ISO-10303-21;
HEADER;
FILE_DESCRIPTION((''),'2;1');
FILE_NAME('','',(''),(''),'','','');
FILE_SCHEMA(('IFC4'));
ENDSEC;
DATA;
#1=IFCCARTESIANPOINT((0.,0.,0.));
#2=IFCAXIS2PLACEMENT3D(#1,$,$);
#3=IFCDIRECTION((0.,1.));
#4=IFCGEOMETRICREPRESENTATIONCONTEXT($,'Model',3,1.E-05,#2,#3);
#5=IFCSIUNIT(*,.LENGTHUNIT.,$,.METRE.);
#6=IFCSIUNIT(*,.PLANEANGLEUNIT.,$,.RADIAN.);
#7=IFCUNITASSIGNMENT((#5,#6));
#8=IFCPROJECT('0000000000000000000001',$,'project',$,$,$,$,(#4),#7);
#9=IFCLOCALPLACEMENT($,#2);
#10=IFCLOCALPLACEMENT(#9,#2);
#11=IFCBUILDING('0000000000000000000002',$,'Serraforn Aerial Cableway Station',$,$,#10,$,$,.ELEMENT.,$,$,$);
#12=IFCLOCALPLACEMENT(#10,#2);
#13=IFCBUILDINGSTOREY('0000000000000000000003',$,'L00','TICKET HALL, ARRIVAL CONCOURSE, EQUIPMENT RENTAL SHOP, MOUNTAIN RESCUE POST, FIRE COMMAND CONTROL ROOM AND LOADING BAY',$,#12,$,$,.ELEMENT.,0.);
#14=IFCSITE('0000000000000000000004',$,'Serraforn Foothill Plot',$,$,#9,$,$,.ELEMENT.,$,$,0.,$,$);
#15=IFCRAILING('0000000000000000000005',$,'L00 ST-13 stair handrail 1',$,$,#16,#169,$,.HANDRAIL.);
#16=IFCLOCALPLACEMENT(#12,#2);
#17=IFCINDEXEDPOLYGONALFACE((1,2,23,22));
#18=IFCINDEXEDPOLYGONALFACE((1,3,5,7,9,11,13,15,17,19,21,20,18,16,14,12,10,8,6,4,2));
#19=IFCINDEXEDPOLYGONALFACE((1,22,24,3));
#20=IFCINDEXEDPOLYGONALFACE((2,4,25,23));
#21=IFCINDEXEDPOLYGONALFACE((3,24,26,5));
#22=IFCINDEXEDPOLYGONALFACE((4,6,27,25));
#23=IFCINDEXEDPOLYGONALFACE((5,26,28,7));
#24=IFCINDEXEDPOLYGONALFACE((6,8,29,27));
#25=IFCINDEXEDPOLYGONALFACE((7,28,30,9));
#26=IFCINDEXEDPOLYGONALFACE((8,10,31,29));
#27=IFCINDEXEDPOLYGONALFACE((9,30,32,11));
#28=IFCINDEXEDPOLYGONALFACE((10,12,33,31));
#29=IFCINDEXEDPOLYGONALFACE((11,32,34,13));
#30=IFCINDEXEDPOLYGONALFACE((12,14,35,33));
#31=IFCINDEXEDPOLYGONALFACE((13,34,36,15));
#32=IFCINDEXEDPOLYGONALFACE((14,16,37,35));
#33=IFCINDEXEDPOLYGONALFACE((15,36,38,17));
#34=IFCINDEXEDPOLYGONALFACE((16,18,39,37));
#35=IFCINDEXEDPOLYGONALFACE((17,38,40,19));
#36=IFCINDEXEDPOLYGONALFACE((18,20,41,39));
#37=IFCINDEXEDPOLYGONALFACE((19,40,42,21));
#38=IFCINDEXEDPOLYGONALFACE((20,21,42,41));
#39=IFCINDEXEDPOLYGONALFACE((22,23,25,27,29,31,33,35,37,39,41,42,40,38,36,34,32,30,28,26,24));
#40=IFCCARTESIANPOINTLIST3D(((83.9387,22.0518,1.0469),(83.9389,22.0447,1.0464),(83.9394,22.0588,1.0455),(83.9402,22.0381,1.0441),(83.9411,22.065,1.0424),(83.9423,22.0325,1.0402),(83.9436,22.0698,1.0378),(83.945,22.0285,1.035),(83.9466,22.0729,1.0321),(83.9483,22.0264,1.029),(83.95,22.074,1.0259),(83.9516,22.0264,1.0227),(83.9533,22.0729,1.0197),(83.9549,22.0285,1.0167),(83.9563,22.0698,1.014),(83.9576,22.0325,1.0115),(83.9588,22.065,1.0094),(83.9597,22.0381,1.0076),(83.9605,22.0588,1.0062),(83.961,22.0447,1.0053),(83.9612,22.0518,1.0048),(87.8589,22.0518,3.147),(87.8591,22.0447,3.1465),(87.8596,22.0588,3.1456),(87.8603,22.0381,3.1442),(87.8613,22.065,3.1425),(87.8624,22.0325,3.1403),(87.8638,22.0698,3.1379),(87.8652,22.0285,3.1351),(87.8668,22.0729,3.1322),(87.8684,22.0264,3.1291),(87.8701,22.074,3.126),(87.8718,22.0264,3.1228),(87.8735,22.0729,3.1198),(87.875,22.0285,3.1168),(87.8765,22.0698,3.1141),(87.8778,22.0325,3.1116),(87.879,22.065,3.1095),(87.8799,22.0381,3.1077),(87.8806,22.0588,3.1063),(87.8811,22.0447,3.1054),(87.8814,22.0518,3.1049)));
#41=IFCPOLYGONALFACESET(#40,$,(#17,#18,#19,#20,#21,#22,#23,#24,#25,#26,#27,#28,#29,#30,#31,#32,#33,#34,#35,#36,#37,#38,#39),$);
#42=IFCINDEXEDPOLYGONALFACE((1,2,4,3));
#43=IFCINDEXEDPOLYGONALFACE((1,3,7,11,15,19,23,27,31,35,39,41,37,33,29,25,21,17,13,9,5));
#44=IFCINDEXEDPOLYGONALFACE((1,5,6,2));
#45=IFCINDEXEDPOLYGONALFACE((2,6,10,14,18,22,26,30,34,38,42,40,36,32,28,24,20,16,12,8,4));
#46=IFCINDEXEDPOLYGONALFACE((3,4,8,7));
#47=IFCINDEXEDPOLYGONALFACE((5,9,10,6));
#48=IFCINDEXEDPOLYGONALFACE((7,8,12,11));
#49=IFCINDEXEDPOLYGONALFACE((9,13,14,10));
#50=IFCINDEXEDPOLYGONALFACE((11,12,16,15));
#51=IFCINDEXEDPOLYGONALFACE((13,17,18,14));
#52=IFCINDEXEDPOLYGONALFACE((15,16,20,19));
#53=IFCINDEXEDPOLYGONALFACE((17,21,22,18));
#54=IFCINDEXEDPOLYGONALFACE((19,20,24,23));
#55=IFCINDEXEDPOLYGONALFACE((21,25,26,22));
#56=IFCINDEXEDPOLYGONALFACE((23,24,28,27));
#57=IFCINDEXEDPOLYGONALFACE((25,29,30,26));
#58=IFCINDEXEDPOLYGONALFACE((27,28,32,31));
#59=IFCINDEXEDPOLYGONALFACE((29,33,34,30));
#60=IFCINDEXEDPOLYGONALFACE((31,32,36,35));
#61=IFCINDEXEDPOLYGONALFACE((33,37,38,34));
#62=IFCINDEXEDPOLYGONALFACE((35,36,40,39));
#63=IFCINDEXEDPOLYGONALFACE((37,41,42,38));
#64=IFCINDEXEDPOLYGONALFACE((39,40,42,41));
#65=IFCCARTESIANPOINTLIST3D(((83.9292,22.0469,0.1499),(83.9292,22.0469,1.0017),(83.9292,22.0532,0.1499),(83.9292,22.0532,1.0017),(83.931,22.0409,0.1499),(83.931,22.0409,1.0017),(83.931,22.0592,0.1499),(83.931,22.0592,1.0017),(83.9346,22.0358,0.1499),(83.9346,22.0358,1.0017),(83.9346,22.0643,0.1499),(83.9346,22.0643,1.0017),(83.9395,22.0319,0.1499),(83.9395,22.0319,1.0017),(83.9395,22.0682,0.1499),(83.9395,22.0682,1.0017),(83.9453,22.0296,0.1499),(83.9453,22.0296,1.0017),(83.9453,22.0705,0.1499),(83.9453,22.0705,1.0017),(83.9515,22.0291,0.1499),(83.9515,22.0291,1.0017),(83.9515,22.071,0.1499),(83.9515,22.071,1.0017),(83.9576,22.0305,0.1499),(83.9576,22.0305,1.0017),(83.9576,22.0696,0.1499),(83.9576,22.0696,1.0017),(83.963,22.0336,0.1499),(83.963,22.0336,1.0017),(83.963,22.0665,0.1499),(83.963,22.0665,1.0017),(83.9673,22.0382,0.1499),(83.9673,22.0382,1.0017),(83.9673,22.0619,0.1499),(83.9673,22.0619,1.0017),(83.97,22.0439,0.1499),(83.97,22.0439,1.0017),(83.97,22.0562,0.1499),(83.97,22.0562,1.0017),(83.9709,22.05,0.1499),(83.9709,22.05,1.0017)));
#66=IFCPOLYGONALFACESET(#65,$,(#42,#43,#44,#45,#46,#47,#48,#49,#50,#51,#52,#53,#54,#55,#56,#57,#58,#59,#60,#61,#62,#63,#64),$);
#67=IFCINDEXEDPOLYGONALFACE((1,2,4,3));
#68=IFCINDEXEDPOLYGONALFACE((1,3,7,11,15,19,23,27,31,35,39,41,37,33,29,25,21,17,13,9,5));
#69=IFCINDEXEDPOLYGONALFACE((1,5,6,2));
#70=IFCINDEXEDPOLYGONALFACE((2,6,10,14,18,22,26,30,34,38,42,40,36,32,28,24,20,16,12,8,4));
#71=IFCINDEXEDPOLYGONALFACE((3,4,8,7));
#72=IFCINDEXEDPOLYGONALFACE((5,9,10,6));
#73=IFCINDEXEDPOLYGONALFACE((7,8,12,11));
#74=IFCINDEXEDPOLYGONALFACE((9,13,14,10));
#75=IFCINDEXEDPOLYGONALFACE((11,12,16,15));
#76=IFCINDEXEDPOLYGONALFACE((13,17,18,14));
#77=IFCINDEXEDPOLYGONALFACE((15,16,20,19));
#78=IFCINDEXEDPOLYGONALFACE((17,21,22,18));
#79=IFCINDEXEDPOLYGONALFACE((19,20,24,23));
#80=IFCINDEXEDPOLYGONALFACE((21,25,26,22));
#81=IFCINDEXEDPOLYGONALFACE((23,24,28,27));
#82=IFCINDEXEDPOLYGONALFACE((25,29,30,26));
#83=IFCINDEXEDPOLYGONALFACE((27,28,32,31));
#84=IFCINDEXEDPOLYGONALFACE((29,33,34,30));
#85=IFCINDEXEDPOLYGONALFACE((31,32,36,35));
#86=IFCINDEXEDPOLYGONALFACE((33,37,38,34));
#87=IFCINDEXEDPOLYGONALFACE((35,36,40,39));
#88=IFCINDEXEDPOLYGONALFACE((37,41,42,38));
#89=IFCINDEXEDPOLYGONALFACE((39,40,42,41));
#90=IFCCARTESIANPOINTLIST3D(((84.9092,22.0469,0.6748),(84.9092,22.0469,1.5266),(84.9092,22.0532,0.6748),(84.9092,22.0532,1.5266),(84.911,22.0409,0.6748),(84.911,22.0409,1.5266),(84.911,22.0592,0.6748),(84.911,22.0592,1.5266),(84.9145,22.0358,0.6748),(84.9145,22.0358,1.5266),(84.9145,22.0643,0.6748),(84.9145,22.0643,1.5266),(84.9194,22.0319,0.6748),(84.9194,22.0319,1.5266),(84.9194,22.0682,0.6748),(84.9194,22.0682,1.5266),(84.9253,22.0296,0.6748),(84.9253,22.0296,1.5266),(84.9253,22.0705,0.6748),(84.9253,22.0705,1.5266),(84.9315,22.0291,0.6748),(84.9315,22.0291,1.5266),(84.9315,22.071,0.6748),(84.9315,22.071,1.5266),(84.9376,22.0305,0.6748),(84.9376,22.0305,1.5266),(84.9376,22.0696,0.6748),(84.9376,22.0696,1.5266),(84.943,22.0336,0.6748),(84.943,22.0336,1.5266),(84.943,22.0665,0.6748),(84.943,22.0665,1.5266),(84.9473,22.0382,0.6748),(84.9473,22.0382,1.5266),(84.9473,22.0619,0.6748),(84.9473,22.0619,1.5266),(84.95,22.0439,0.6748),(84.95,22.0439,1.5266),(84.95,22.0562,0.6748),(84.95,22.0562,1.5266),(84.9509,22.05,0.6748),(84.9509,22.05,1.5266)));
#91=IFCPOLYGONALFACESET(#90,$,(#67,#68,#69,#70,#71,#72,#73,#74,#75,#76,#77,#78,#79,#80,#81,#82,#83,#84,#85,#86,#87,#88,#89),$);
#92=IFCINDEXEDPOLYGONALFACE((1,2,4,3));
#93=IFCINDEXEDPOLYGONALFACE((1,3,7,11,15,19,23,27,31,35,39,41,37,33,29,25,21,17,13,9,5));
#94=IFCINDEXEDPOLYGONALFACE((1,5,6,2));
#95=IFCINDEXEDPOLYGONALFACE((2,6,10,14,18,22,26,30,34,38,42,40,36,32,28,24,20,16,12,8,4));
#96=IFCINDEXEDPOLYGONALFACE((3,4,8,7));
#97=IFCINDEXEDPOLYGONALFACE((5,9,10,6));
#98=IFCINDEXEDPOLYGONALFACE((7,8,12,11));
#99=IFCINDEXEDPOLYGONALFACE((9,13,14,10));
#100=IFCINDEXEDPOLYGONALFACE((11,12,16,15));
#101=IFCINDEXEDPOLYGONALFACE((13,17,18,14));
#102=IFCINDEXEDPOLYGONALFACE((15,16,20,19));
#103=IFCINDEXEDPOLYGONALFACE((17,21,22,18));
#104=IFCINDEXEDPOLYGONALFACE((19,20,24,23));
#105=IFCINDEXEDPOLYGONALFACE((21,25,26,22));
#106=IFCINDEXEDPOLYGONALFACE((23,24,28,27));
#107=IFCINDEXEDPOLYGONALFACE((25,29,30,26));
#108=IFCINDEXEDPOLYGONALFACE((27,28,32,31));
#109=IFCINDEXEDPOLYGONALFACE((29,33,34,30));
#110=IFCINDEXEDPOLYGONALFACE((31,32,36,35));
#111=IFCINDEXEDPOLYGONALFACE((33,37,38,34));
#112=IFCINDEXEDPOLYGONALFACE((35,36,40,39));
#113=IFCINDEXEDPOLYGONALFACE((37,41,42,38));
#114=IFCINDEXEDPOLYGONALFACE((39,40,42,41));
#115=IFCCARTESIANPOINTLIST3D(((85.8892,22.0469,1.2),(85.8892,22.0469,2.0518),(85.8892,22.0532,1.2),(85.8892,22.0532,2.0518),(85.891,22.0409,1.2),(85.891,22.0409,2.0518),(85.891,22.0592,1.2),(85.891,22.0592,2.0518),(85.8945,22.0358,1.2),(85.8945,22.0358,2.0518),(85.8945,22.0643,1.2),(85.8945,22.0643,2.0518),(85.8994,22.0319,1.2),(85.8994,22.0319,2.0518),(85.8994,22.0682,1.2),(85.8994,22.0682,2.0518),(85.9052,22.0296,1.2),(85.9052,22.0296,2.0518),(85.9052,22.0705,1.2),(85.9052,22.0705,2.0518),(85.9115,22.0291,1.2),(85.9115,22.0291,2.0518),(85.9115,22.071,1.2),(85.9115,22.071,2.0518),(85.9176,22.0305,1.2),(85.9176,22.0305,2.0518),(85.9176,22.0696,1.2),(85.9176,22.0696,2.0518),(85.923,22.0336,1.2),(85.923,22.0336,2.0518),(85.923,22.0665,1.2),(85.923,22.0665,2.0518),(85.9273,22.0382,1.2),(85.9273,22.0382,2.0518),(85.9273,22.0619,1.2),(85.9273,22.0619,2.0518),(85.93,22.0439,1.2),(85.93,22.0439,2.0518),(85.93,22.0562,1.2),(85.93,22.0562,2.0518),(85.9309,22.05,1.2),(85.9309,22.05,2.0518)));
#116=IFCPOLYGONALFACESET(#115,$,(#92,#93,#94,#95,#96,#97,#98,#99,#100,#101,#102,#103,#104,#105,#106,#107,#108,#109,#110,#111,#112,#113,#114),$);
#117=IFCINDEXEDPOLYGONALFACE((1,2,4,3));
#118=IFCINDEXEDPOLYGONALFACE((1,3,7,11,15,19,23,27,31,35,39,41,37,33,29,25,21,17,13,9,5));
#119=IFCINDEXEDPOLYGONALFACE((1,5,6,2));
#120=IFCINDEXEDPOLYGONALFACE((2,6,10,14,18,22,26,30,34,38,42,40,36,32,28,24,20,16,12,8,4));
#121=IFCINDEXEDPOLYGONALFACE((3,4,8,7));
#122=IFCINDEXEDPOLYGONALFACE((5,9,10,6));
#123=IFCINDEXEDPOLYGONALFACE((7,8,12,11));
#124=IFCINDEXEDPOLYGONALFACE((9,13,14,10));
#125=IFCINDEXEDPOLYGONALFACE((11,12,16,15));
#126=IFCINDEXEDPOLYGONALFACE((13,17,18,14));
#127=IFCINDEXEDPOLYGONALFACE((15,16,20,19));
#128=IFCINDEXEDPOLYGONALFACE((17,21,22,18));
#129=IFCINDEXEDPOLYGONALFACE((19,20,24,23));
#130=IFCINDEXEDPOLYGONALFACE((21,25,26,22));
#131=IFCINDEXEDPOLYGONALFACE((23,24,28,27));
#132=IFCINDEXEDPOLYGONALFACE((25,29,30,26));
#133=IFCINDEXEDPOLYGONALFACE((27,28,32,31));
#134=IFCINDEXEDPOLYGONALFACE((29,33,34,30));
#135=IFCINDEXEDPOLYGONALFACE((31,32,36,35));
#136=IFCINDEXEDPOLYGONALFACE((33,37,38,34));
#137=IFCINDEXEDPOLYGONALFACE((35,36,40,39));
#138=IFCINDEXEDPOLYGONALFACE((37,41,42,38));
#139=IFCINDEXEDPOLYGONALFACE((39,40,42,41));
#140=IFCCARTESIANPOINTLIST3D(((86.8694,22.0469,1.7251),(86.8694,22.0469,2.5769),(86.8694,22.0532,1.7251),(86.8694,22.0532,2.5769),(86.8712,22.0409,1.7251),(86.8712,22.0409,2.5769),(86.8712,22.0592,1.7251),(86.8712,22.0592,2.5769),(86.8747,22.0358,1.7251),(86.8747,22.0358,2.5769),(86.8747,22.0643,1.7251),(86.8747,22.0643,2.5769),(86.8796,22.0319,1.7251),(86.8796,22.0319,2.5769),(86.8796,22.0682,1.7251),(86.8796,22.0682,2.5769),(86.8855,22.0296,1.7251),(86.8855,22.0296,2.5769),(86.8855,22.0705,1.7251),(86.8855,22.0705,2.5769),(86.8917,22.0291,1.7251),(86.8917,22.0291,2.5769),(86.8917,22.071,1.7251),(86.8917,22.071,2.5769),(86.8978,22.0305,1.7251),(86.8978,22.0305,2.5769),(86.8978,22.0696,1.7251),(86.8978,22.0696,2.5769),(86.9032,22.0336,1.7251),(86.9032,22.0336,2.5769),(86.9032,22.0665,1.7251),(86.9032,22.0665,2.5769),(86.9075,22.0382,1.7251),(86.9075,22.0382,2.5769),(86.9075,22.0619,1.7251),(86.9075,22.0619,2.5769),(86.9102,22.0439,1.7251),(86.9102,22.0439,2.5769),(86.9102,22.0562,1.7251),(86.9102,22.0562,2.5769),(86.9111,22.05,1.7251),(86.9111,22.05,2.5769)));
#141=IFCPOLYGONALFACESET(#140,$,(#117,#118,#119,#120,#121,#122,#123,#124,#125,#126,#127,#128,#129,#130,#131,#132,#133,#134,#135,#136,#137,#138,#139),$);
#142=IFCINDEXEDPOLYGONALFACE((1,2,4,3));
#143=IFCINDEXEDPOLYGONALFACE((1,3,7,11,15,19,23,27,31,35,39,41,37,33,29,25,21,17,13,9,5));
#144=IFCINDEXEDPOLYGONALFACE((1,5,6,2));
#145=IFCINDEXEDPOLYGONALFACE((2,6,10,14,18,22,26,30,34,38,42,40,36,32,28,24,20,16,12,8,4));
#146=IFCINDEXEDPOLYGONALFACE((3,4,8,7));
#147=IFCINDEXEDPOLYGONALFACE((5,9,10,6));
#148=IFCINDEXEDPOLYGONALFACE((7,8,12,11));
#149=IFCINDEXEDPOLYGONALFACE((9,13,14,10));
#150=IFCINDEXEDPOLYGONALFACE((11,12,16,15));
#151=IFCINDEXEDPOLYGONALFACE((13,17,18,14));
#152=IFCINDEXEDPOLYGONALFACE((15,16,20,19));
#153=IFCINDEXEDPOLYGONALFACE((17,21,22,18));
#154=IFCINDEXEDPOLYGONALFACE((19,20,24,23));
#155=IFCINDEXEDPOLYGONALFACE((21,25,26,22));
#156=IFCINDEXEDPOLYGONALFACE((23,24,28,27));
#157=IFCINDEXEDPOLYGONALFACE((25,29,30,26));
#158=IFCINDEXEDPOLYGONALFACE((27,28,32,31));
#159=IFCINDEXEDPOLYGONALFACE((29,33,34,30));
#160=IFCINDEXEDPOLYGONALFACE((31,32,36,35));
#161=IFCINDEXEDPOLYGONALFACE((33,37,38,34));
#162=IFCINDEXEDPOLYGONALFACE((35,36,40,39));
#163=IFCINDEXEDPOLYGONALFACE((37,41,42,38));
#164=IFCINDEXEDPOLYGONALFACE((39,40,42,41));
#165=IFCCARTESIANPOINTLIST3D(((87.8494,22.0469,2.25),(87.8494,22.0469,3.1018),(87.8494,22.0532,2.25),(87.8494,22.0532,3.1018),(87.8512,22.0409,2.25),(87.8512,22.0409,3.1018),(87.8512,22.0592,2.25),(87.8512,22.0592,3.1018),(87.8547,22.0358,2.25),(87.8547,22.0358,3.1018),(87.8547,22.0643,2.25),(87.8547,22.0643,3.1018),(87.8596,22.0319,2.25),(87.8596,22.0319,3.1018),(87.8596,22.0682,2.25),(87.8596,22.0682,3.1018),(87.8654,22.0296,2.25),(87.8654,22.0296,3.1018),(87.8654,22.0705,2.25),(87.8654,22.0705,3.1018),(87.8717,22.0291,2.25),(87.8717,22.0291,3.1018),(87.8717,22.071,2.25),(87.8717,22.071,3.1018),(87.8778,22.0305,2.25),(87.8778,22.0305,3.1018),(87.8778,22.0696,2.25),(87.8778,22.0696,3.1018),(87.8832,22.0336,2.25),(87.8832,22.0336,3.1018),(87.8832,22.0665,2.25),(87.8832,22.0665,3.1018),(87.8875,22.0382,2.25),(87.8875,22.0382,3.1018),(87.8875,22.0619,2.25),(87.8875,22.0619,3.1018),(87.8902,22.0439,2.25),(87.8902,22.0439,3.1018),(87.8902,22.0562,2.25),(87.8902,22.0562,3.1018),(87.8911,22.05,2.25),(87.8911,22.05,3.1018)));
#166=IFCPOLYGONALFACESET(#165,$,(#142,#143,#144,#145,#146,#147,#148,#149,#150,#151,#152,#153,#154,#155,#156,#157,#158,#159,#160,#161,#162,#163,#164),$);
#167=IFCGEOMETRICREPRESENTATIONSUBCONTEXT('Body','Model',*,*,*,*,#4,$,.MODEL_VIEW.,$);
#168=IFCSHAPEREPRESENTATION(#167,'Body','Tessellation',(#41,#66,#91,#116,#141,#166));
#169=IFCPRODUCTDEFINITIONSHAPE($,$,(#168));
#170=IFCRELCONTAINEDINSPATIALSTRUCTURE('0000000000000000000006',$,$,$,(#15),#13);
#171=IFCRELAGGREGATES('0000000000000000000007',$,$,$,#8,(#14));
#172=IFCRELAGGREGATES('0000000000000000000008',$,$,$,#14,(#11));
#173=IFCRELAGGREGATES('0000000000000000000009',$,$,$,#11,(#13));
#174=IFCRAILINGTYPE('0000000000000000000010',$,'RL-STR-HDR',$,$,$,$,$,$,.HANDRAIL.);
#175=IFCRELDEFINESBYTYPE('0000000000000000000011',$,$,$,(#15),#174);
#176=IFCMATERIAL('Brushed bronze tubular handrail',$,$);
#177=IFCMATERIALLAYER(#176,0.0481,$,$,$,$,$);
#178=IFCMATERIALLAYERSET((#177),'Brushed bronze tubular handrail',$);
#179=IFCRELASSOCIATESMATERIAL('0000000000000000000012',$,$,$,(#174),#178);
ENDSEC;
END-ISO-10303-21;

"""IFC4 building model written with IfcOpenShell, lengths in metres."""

from ifc_helpers import new_model, si_unit, direction, frame, origin, origin_2d, place, context, subcontext, project, spatial, circle, extrude, material, layer, layer_set, type_object, element, save


model = new_model("IFC4")

# Units and contexts
model_context = context("Model", 3, precision=1e-05, world=origin(), true_north=direction((0.0, 1.0)))
body_context = subcontext(model_context, "Body", "Model", "MODEL_VIEW")
ifc_project = project(units=[si_unit("LENGTHUNIT", "METRE"), si_unit("PLANEANGLEUNIT", "RADIAN")], contexts=[model_context])

# Site, building, storey
site_placement = place(None, origin())
site = spatial("IfcSite", under=ifc_project, at=site_placement, Name="Serraforn Foothill Plot", CompositionType="ELEMENT", RefElevation=0.0)
building_placement = place(site_placement, origin())
building = spatial("IfcBuilding", under=site, at=building_placement, Name="Serraforn Aerial Cableway Station", CompositionType="ELEMENT")
storey_placement = place(building_placement, origin())
storey = spatial("IfcBuildingStorey", under=building, at=storey_placement, Name="L00", Description="TICKET HALL, ARRIVAL CONCOURSE, EQUIPMENT RENTAL SHOP, MOUNTAIN RESCUE POST, FIRE COMMAND CONTROL ROOM AND LOADING BAY", CompositionType="ELEMENT", Elevation=0.0)

# Railing
ifc_material_1 = material(Name="Brushed bronze tubular handrail")
ifc_layer_1 = layer(ifc_material_1, 0.0481)
ifc_layer_set_1 = layer_set([ifc_layer_1], Name="Brushed bronze tubular handrail")
railing_type_1 = type_object("IfcRailingType", Name="RL-STR-HDR", PredefinedType="HANDRAIL", material=ifc_layer_set_1)
railing_1_placement = place(storey_placement, frame((83.95, 22.05, 0.1499)))
element("IfcRailing", 1, at=railing_1_placement, inside=storey, type_object=railing_type_1, Name="L00 ST-13 stair handrail 1", PredefinedType="HANDRAIL", context=body_context, shape_type="SweptSolid", body=[
    extrude(circle(Radius=0.0239, at=origin_2d()), frame((0.0, 0.0, 0.876), z_axis=(0.881479, 0.0, 0.472223), x_axis=(0.0, 1.0, 0.0)), (0.0, 0.0, 1.0), 4.4473),
    extrude(circle(Radius=0.021, at=origin_2d()), origin(), (0.0, 0.0, 1.0), 0.8518),
    extrude(circle(Radius=0.021, at=origin_2d()), frame((0.98, 0.0, 0.5249)), (0.0, 0.0, 1.0), 0.8518),
    extrude(circle(Radius=0.021, at=origin_2d()), frame((1.96, 0.0, 1.05)), (0.0, 0.0, 1.0), 0.8518),
    extrude(circle(Radius=0.021, at=origin_2d()), frame((2.9402, 0.0, 1.5752)), (0.0, 0.0, 1.0), 0.8518),
    extrude(circle(Radius=0.021, at=origin_2d()), frame((3.9202, 0.0, 2.1001)), (0.0, 0.0, 1.0), 0.8518),
])

save(model, "model.ifc")
